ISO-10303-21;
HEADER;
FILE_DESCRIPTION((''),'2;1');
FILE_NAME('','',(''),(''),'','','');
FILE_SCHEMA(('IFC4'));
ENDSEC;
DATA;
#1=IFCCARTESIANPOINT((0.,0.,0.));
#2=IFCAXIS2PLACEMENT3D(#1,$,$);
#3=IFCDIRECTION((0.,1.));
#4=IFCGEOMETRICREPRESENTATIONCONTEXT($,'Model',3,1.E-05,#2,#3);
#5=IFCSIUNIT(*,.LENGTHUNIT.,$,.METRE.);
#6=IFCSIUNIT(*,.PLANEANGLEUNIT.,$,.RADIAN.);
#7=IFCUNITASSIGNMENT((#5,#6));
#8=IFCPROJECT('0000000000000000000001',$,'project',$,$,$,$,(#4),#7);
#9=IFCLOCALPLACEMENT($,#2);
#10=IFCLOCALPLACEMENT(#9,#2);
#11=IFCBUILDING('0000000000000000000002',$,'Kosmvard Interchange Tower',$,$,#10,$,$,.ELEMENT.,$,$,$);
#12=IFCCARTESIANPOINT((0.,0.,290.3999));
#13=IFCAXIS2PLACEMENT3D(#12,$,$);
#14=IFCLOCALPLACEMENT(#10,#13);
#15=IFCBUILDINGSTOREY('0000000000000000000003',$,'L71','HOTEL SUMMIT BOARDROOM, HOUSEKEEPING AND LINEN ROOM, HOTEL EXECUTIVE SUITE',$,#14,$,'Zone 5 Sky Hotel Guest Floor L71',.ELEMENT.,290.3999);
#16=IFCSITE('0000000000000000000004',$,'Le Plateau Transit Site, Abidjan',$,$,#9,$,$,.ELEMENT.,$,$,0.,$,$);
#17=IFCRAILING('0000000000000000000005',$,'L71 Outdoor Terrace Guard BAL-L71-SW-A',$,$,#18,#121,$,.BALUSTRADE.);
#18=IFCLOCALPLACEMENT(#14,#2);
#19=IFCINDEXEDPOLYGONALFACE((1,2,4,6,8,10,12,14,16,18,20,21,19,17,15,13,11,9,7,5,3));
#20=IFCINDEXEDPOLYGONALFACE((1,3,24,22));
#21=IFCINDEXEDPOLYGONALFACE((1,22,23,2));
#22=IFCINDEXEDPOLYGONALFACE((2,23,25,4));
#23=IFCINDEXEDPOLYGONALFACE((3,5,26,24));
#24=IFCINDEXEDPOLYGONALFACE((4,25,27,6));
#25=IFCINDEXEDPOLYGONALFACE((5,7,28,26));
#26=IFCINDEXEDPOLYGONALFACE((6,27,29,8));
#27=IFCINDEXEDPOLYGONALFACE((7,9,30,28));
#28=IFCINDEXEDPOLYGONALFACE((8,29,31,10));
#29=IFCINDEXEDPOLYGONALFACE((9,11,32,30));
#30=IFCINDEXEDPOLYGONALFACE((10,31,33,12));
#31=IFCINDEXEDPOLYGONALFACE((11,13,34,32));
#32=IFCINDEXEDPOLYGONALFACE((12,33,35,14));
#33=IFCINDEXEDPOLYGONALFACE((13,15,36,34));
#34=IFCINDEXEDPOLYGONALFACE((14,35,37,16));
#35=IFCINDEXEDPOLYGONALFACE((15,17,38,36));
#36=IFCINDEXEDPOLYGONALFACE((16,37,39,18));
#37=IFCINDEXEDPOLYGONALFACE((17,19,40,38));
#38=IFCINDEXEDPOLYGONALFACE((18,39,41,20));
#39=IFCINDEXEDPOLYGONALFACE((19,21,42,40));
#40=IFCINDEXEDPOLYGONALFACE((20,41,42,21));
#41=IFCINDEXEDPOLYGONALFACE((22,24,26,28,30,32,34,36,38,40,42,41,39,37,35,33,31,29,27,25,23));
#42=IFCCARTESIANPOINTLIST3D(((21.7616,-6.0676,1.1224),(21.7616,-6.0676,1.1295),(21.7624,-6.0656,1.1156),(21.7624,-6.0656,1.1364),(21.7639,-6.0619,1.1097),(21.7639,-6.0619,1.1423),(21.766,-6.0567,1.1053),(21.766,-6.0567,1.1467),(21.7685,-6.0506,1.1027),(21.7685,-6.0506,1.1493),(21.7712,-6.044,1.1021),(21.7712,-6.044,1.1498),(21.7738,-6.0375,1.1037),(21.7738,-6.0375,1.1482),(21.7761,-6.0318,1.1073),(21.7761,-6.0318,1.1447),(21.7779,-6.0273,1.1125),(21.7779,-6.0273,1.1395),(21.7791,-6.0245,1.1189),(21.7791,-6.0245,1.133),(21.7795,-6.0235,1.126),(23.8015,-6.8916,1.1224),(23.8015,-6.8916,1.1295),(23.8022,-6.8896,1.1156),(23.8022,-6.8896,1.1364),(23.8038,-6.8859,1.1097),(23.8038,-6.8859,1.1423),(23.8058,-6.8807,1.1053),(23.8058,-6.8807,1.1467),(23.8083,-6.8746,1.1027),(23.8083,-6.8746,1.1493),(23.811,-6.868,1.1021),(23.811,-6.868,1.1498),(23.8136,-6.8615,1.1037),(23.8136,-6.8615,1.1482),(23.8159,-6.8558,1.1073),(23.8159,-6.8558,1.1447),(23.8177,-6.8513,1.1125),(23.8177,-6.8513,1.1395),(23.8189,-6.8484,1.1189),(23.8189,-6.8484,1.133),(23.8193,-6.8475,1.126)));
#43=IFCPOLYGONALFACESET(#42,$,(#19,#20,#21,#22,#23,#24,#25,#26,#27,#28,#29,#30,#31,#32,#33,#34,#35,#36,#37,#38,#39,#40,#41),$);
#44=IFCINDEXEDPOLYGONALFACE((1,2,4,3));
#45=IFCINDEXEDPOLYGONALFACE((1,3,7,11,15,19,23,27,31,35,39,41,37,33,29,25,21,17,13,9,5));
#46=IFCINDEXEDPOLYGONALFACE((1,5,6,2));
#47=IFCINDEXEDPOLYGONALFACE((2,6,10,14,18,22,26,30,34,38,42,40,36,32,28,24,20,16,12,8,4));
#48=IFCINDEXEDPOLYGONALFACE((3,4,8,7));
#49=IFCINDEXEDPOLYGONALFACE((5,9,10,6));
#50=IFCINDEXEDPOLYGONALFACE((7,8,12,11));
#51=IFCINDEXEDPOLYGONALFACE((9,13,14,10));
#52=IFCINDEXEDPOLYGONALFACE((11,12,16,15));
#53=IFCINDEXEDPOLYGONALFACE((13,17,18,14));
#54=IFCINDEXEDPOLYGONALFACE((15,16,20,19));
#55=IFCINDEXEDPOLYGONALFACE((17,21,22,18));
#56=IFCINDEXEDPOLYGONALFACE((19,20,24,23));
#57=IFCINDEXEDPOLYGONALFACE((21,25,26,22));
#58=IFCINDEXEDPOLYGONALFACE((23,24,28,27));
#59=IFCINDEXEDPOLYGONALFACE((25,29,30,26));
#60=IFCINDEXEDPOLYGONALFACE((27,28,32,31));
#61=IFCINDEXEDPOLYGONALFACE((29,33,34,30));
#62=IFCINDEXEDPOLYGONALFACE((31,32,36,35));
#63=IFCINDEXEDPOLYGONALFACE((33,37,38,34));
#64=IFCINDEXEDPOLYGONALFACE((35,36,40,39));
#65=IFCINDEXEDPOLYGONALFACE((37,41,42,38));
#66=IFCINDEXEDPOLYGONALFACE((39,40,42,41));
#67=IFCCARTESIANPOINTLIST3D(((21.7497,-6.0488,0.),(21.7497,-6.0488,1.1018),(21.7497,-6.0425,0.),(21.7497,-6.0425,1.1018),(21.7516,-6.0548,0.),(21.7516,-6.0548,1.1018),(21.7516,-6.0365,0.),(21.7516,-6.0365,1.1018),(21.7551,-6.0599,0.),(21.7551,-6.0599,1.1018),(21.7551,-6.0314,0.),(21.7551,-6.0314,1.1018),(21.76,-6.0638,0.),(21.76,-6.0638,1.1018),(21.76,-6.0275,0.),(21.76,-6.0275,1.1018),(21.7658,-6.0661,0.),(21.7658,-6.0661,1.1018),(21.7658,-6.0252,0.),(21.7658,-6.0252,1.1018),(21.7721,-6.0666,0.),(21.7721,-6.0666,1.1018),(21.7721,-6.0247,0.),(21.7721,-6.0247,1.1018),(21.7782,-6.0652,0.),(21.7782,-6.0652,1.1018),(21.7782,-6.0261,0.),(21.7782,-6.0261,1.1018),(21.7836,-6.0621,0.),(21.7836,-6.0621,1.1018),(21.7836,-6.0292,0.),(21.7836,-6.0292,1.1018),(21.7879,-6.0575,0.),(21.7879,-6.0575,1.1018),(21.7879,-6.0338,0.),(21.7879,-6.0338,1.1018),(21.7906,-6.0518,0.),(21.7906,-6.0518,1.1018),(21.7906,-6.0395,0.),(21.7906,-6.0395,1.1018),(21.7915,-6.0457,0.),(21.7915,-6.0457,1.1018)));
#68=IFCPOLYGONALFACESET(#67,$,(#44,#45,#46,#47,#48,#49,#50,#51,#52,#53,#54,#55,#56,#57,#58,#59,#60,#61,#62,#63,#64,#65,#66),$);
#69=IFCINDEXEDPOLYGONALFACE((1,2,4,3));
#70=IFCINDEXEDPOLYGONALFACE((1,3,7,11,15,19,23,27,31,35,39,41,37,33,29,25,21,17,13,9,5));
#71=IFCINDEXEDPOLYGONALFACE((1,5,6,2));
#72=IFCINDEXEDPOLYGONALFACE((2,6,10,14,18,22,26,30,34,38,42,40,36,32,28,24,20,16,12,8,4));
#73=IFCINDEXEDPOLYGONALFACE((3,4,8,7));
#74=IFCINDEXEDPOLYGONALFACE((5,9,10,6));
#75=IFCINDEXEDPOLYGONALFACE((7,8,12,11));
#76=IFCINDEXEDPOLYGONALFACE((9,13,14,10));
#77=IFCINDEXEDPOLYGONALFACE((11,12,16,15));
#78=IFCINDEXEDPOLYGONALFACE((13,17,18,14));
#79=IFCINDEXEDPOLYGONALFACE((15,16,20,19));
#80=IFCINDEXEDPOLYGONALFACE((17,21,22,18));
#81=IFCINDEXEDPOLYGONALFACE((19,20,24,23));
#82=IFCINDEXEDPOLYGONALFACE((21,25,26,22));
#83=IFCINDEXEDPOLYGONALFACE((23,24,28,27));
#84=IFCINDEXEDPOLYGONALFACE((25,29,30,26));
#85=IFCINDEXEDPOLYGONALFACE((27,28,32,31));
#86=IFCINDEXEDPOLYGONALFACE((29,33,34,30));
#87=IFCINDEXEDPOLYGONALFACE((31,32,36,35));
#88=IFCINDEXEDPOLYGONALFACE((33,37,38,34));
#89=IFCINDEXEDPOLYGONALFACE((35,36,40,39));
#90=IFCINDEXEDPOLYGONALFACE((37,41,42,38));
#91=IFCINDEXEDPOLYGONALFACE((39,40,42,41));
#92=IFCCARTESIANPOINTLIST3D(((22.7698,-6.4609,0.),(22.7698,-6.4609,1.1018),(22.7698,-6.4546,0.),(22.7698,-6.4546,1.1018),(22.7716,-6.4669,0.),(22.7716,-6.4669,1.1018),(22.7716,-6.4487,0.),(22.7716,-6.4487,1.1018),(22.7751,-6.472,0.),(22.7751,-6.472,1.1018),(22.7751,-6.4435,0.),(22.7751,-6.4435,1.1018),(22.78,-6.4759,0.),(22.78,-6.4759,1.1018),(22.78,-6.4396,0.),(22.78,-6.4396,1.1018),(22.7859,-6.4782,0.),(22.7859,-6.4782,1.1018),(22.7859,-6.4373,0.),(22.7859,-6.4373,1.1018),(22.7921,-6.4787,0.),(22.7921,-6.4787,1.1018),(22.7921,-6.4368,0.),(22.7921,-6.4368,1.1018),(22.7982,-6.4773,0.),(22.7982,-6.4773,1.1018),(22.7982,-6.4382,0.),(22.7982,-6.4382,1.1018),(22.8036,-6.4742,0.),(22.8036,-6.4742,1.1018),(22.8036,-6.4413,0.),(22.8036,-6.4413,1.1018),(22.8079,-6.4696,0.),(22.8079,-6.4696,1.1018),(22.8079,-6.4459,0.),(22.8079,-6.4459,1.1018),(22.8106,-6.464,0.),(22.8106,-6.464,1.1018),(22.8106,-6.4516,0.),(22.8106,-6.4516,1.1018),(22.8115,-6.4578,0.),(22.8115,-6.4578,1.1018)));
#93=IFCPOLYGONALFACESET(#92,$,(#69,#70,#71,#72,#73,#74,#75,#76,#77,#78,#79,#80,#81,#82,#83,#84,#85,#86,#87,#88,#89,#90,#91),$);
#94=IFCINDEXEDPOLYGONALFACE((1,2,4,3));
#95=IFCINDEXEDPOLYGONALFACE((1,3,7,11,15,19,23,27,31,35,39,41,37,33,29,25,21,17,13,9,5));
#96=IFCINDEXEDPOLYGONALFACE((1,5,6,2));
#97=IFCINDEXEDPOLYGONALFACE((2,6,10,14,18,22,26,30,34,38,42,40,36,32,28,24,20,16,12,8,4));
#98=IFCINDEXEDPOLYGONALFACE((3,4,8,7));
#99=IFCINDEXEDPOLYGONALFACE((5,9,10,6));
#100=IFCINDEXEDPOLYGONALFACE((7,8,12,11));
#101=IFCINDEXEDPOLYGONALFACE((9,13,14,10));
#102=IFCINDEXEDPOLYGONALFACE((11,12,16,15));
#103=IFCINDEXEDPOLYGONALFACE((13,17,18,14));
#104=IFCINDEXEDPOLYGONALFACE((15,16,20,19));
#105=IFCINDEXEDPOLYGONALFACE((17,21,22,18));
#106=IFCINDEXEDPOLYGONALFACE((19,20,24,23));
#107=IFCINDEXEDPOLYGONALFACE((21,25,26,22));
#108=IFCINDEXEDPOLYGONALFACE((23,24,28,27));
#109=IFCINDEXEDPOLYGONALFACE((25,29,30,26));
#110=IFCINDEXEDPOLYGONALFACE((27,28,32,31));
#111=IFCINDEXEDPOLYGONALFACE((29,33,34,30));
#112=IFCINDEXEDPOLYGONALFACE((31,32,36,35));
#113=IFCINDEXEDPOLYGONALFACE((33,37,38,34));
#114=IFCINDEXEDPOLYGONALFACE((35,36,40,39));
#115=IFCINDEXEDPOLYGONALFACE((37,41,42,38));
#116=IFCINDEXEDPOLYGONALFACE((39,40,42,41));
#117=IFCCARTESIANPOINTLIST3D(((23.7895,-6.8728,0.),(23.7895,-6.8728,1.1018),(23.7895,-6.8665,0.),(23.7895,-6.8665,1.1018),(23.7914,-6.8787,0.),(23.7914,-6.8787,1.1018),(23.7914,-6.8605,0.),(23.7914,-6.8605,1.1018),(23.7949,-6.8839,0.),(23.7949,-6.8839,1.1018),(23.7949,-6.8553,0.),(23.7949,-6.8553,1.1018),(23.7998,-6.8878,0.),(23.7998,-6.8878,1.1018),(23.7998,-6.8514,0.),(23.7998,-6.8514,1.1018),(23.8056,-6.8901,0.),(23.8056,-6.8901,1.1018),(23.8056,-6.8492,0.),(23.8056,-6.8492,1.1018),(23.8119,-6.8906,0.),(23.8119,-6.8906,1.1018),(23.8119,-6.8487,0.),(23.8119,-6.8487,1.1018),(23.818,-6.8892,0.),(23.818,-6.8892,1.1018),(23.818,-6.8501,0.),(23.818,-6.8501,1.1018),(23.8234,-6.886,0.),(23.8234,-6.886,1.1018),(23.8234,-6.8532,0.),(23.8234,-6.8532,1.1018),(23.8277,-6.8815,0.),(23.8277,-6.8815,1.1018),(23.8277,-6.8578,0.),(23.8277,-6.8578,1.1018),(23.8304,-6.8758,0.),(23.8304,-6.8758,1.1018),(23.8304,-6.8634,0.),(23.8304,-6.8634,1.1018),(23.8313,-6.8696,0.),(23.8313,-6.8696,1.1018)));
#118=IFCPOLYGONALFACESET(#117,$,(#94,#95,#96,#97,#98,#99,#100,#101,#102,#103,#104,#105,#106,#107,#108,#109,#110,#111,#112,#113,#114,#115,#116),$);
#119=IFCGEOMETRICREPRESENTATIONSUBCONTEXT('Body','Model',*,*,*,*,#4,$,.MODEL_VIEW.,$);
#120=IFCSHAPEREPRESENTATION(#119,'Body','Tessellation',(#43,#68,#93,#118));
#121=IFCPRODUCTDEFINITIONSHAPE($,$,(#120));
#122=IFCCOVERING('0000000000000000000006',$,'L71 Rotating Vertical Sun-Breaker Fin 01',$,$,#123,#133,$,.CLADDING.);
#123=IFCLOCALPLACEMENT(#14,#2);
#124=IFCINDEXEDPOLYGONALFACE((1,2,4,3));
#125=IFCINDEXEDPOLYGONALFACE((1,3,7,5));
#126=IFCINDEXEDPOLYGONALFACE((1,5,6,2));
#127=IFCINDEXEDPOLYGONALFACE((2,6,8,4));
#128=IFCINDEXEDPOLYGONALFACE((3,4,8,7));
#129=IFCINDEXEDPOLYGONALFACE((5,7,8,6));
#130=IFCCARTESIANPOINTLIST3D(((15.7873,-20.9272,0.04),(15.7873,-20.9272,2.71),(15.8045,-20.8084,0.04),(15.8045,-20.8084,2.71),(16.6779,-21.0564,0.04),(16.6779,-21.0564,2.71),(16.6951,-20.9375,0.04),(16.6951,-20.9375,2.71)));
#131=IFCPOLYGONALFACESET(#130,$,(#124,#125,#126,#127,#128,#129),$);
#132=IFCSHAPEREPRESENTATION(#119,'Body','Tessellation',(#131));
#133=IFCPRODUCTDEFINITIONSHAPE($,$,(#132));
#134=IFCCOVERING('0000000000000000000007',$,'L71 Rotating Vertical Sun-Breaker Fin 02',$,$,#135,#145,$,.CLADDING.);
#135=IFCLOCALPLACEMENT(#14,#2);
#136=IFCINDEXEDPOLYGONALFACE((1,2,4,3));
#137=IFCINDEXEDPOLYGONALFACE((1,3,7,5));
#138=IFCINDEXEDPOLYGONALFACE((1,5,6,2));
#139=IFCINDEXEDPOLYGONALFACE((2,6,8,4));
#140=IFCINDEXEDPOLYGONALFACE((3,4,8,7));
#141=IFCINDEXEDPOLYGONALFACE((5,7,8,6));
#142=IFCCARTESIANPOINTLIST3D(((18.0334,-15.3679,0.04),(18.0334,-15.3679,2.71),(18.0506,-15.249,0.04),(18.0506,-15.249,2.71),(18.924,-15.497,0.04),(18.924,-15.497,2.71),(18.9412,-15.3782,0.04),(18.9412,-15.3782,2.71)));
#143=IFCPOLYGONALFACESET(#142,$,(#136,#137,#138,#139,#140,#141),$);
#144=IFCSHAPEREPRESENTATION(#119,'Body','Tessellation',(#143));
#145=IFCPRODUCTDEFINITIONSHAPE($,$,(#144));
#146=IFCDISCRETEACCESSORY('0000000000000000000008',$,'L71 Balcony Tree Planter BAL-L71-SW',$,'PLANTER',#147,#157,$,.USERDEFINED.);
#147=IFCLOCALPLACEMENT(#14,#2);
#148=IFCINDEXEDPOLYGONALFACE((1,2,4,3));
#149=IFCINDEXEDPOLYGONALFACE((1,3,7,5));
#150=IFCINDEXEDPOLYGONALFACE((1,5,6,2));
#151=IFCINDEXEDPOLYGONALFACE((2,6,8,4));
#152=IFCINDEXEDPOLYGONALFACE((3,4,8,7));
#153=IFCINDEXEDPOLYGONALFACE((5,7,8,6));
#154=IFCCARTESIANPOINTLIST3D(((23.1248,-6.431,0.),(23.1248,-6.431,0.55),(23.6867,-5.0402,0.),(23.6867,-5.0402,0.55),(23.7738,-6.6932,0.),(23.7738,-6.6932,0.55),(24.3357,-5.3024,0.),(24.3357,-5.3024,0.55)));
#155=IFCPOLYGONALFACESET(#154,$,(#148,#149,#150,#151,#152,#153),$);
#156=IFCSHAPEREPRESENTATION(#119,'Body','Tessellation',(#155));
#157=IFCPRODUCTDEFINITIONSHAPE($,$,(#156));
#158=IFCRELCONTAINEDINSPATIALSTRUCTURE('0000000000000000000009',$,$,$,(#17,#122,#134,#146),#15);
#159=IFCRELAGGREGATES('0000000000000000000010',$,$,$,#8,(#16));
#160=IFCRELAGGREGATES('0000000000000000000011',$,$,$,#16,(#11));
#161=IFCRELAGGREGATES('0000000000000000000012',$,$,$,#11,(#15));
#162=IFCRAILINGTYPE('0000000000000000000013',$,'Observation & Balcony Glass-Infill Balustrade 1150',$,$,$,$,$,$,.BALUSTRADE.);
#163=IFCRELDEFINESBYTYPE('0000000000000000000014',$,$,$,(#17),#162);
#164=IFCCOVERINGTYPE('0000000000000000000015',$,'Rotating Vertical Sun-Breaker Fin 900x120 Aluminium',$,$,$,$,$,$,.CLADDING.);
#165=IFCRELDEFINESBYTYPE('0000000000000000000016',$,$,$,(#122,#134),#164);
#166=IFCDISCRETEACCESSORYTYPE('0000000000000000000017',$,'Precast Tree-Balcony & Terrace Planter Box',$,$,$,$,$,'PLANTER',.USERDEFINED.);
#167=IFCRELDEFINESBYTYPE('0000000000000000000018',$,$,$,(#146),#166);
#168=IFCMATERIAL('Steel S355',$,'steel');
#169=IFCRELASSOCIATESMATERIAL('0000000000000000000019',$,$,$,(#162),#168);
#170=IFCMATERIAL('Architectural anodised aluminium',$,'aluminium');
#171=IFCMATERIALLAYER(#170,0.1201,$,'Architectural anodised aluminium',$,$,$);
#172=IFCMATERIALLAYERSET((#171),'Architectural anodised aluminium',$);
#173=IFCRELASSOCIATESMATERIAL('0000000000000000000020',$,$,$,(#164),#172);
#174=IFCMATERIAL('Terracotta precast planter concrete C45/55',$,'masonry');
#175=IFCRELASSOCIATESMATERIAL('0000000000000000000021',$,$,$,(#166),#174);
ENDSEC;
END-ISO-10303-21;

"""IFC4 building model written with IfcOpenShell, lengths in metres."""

from ifc_helpers import new_model, si_unit, direction, frame, origin, origin_2d, place, context, subcontext, project, spatial, rectangle, circle, extrude, source, transform, mapped, material, layer, layer_set, type_object, element, save


model = new_model("IFC4")

# Units and contexts
model_context = context("Model", 3, precision=1e-05, world=origin(), true_north=direction((0.0, 1.0)))
body_context = subcontext(model_context, "Body", "Model", "MODEL_VIEW")
ifc_project = project(units=[si_unit("LENGTHUNIT", "METRE"), si_unit("PLANEANGLEUNIT", "RADIAN")], contexts=[model_context])

# Site, building, storey
site_placement = place(None, origin())
site = spatial("IfcSite", under=ifc_project, at=site_placement, Name="Le Plateau Transit Site, Abidjan", CompositionType="ELEMENT", RefElevation=0.0)
building_placement = place(site_placement, origin())
building = spatial("IfcBuilding", under=site, at=building_placement, Name="Kosmvard Interchange Tower", CompositionType="ELEMENT")
storey_placement = place(building_placement, frame((0.0, 0.0, 290.3999)))
storey = spatial("IfcBuildingStorey", under=building, at=storey_placement, Name="L71", Description="HOTEL SUMMIT BOARDROOM, HOUSEKEEPING AND LINEN ROOM, HOTEL EXECUTIVE SUITE", LongName="Zone 5 Sky Hotel Guest Floor L71", CompositionType="ELEMENT", Elevation=290.3999)

# Shared definitions
ifc_material_1 = material(Name="Steel S355", Category="steel")

# Railing
railing_type = type_object("IfcRailingType", Name="Observation & Balcony Glass-Infill Balustrade 1150", PredefinedType="BALUSTRADE", material=ifc_material_1)
shared_shape_1 = source(origin(), body_context, "Body", "SweptSolid", [
    extrude(circle(Radius=0.0239, at=origin_2d()), frame((0.0, 0.0, 1.126), z_axis=(0.927208, -0.374546, 0.0), x_axis=(0.374546, 0.927208, 0.0)), (0.0, 0.0, 1.0), 2.2),
    extrude(circle(Radius=0.021, at=origin_2d()), origin(), (0.0, 0.0, 1.0), 1.1018),
    extrude(circle(Radius=0.021, at=origin_2d()), frame((1.02, -0.4121, 0.0)), (0.0, 0.0, 1.0), 1.1018),
    extrude(circle(Radius=0.021, at=origin_2d()), frame((2.0398, -0.824, 0.0)), (0.0, 0.0, 1.0), 1.1018),
])
railing_1_placement = place(storey_placement, frame((21.7705, -6.0457, 0.0)))
element("IfcRailing", 1, at=railing_1_placement, inside=storey, type_object=railing_type, Name="L71 Outdoor Terrace Guard BAL-L71-SW-A", PredefinedType="BALUSTRADE", context=body_context, shape_type="MappedRepresentation", body=[
    mapped(shared_shape_1, transform((0.0, 0.0, 0.0), scale=1.0)),
])

# Coverings
ifc_material_2 = material(Name="Architectural anodised aluminium", Category="aluminium")
ifc_layer_1 = layer(ifc_material_2, 0.1201, Name="Architectural anodised aluminium")
ifc_layer_set_1 = layer_set([ifc_layer_1], Name="Architectural anodised aluminium")
covering_type = type_object("IfcCoveringType", Name="Rotating Vertical Sun-Breaker Fin 900x120 Aluminium", PredefinedType="CLADDING", material=ifc_layer_set_1)
shared_shape_2 = source(origin(), body_context, "Body", "SweptSolid", [
    extrude(rectangle(XDim=0.8999, YDim=0.1201, at=origin_2d()), origin(), (0.0, 0.0, 1.0), 2.6699),
])
for number, where, z_axis, x_axis, name in (
    (2, (16.2412, -20.9324, 0.04), (0.0, 0.0, 1.0), (0.989651, -0.143493, 0.0), "L71 Rotating Vertical Sun-Breaker Fin 01"),
    (3, (18.4873, -15.373, 0.04), (0.0, 0.0, 1.0), (0.989651, -0.143493, 0.0), "L71 Rotating Vertical Sun-Breaker Fin 02"),
):
    element("IfcCovering", number, at=place(storey_placement, frame(where, z_axis=z_axis, x_axis=x_axis)), inside=storey, type_object=covering_type, Name=name, PredefinedType="CLADDING", context=body_context, shape_type="MappedRepresentation", body=[
        mapped(shared_shape_2, transform((0.0, 0.0, 0.0), scale=1.0)),
    ])

# Discrete accessory
ifc_material_3 = material(Name="Terracotta precast planter concrete C45/55", Category="masonry")
discrete_accessory_type = type_object("IfcDiscreteAccessoryType", Name="Precast Tree-Balcony & Terrace Planter Box", ElementType="PLANTER", PredefinedType="USERDEFINED", material=ifc_material_3)
shared_shape_3 = source(origin(), body_context, "Body", "SweptSolid", [
    extrude(rectangle(XDim=1.5, YDim=0.7, at=origin_2d()), origin(), (0.0, 0.0, 1.0), 0.55),
])
discrete_accessory_placement = place(storey_placement, frame((23.7302, -5.8667, 0.0), z_axis=(0.0, 0.0, 1.0), x_axis=(0.374607, 0.927184, 0.0)))
element("IfcDiscreteAccessory", 4, at=discrete_accessory_placement, inside=storey, type_object=discrete_accessory_type, Name="L71 Balcony Tree Planter BAL-L71-SW", ObjectType="PLANTER", PredefinedType="USERDEFINED", context=body_context, shape_type="MappedRepresentation", body=[
    mapped(shared_shape_3, transform((0.0, 0.0, 0.0), scale=1.0)),
])

save(model, "model.ifc")
